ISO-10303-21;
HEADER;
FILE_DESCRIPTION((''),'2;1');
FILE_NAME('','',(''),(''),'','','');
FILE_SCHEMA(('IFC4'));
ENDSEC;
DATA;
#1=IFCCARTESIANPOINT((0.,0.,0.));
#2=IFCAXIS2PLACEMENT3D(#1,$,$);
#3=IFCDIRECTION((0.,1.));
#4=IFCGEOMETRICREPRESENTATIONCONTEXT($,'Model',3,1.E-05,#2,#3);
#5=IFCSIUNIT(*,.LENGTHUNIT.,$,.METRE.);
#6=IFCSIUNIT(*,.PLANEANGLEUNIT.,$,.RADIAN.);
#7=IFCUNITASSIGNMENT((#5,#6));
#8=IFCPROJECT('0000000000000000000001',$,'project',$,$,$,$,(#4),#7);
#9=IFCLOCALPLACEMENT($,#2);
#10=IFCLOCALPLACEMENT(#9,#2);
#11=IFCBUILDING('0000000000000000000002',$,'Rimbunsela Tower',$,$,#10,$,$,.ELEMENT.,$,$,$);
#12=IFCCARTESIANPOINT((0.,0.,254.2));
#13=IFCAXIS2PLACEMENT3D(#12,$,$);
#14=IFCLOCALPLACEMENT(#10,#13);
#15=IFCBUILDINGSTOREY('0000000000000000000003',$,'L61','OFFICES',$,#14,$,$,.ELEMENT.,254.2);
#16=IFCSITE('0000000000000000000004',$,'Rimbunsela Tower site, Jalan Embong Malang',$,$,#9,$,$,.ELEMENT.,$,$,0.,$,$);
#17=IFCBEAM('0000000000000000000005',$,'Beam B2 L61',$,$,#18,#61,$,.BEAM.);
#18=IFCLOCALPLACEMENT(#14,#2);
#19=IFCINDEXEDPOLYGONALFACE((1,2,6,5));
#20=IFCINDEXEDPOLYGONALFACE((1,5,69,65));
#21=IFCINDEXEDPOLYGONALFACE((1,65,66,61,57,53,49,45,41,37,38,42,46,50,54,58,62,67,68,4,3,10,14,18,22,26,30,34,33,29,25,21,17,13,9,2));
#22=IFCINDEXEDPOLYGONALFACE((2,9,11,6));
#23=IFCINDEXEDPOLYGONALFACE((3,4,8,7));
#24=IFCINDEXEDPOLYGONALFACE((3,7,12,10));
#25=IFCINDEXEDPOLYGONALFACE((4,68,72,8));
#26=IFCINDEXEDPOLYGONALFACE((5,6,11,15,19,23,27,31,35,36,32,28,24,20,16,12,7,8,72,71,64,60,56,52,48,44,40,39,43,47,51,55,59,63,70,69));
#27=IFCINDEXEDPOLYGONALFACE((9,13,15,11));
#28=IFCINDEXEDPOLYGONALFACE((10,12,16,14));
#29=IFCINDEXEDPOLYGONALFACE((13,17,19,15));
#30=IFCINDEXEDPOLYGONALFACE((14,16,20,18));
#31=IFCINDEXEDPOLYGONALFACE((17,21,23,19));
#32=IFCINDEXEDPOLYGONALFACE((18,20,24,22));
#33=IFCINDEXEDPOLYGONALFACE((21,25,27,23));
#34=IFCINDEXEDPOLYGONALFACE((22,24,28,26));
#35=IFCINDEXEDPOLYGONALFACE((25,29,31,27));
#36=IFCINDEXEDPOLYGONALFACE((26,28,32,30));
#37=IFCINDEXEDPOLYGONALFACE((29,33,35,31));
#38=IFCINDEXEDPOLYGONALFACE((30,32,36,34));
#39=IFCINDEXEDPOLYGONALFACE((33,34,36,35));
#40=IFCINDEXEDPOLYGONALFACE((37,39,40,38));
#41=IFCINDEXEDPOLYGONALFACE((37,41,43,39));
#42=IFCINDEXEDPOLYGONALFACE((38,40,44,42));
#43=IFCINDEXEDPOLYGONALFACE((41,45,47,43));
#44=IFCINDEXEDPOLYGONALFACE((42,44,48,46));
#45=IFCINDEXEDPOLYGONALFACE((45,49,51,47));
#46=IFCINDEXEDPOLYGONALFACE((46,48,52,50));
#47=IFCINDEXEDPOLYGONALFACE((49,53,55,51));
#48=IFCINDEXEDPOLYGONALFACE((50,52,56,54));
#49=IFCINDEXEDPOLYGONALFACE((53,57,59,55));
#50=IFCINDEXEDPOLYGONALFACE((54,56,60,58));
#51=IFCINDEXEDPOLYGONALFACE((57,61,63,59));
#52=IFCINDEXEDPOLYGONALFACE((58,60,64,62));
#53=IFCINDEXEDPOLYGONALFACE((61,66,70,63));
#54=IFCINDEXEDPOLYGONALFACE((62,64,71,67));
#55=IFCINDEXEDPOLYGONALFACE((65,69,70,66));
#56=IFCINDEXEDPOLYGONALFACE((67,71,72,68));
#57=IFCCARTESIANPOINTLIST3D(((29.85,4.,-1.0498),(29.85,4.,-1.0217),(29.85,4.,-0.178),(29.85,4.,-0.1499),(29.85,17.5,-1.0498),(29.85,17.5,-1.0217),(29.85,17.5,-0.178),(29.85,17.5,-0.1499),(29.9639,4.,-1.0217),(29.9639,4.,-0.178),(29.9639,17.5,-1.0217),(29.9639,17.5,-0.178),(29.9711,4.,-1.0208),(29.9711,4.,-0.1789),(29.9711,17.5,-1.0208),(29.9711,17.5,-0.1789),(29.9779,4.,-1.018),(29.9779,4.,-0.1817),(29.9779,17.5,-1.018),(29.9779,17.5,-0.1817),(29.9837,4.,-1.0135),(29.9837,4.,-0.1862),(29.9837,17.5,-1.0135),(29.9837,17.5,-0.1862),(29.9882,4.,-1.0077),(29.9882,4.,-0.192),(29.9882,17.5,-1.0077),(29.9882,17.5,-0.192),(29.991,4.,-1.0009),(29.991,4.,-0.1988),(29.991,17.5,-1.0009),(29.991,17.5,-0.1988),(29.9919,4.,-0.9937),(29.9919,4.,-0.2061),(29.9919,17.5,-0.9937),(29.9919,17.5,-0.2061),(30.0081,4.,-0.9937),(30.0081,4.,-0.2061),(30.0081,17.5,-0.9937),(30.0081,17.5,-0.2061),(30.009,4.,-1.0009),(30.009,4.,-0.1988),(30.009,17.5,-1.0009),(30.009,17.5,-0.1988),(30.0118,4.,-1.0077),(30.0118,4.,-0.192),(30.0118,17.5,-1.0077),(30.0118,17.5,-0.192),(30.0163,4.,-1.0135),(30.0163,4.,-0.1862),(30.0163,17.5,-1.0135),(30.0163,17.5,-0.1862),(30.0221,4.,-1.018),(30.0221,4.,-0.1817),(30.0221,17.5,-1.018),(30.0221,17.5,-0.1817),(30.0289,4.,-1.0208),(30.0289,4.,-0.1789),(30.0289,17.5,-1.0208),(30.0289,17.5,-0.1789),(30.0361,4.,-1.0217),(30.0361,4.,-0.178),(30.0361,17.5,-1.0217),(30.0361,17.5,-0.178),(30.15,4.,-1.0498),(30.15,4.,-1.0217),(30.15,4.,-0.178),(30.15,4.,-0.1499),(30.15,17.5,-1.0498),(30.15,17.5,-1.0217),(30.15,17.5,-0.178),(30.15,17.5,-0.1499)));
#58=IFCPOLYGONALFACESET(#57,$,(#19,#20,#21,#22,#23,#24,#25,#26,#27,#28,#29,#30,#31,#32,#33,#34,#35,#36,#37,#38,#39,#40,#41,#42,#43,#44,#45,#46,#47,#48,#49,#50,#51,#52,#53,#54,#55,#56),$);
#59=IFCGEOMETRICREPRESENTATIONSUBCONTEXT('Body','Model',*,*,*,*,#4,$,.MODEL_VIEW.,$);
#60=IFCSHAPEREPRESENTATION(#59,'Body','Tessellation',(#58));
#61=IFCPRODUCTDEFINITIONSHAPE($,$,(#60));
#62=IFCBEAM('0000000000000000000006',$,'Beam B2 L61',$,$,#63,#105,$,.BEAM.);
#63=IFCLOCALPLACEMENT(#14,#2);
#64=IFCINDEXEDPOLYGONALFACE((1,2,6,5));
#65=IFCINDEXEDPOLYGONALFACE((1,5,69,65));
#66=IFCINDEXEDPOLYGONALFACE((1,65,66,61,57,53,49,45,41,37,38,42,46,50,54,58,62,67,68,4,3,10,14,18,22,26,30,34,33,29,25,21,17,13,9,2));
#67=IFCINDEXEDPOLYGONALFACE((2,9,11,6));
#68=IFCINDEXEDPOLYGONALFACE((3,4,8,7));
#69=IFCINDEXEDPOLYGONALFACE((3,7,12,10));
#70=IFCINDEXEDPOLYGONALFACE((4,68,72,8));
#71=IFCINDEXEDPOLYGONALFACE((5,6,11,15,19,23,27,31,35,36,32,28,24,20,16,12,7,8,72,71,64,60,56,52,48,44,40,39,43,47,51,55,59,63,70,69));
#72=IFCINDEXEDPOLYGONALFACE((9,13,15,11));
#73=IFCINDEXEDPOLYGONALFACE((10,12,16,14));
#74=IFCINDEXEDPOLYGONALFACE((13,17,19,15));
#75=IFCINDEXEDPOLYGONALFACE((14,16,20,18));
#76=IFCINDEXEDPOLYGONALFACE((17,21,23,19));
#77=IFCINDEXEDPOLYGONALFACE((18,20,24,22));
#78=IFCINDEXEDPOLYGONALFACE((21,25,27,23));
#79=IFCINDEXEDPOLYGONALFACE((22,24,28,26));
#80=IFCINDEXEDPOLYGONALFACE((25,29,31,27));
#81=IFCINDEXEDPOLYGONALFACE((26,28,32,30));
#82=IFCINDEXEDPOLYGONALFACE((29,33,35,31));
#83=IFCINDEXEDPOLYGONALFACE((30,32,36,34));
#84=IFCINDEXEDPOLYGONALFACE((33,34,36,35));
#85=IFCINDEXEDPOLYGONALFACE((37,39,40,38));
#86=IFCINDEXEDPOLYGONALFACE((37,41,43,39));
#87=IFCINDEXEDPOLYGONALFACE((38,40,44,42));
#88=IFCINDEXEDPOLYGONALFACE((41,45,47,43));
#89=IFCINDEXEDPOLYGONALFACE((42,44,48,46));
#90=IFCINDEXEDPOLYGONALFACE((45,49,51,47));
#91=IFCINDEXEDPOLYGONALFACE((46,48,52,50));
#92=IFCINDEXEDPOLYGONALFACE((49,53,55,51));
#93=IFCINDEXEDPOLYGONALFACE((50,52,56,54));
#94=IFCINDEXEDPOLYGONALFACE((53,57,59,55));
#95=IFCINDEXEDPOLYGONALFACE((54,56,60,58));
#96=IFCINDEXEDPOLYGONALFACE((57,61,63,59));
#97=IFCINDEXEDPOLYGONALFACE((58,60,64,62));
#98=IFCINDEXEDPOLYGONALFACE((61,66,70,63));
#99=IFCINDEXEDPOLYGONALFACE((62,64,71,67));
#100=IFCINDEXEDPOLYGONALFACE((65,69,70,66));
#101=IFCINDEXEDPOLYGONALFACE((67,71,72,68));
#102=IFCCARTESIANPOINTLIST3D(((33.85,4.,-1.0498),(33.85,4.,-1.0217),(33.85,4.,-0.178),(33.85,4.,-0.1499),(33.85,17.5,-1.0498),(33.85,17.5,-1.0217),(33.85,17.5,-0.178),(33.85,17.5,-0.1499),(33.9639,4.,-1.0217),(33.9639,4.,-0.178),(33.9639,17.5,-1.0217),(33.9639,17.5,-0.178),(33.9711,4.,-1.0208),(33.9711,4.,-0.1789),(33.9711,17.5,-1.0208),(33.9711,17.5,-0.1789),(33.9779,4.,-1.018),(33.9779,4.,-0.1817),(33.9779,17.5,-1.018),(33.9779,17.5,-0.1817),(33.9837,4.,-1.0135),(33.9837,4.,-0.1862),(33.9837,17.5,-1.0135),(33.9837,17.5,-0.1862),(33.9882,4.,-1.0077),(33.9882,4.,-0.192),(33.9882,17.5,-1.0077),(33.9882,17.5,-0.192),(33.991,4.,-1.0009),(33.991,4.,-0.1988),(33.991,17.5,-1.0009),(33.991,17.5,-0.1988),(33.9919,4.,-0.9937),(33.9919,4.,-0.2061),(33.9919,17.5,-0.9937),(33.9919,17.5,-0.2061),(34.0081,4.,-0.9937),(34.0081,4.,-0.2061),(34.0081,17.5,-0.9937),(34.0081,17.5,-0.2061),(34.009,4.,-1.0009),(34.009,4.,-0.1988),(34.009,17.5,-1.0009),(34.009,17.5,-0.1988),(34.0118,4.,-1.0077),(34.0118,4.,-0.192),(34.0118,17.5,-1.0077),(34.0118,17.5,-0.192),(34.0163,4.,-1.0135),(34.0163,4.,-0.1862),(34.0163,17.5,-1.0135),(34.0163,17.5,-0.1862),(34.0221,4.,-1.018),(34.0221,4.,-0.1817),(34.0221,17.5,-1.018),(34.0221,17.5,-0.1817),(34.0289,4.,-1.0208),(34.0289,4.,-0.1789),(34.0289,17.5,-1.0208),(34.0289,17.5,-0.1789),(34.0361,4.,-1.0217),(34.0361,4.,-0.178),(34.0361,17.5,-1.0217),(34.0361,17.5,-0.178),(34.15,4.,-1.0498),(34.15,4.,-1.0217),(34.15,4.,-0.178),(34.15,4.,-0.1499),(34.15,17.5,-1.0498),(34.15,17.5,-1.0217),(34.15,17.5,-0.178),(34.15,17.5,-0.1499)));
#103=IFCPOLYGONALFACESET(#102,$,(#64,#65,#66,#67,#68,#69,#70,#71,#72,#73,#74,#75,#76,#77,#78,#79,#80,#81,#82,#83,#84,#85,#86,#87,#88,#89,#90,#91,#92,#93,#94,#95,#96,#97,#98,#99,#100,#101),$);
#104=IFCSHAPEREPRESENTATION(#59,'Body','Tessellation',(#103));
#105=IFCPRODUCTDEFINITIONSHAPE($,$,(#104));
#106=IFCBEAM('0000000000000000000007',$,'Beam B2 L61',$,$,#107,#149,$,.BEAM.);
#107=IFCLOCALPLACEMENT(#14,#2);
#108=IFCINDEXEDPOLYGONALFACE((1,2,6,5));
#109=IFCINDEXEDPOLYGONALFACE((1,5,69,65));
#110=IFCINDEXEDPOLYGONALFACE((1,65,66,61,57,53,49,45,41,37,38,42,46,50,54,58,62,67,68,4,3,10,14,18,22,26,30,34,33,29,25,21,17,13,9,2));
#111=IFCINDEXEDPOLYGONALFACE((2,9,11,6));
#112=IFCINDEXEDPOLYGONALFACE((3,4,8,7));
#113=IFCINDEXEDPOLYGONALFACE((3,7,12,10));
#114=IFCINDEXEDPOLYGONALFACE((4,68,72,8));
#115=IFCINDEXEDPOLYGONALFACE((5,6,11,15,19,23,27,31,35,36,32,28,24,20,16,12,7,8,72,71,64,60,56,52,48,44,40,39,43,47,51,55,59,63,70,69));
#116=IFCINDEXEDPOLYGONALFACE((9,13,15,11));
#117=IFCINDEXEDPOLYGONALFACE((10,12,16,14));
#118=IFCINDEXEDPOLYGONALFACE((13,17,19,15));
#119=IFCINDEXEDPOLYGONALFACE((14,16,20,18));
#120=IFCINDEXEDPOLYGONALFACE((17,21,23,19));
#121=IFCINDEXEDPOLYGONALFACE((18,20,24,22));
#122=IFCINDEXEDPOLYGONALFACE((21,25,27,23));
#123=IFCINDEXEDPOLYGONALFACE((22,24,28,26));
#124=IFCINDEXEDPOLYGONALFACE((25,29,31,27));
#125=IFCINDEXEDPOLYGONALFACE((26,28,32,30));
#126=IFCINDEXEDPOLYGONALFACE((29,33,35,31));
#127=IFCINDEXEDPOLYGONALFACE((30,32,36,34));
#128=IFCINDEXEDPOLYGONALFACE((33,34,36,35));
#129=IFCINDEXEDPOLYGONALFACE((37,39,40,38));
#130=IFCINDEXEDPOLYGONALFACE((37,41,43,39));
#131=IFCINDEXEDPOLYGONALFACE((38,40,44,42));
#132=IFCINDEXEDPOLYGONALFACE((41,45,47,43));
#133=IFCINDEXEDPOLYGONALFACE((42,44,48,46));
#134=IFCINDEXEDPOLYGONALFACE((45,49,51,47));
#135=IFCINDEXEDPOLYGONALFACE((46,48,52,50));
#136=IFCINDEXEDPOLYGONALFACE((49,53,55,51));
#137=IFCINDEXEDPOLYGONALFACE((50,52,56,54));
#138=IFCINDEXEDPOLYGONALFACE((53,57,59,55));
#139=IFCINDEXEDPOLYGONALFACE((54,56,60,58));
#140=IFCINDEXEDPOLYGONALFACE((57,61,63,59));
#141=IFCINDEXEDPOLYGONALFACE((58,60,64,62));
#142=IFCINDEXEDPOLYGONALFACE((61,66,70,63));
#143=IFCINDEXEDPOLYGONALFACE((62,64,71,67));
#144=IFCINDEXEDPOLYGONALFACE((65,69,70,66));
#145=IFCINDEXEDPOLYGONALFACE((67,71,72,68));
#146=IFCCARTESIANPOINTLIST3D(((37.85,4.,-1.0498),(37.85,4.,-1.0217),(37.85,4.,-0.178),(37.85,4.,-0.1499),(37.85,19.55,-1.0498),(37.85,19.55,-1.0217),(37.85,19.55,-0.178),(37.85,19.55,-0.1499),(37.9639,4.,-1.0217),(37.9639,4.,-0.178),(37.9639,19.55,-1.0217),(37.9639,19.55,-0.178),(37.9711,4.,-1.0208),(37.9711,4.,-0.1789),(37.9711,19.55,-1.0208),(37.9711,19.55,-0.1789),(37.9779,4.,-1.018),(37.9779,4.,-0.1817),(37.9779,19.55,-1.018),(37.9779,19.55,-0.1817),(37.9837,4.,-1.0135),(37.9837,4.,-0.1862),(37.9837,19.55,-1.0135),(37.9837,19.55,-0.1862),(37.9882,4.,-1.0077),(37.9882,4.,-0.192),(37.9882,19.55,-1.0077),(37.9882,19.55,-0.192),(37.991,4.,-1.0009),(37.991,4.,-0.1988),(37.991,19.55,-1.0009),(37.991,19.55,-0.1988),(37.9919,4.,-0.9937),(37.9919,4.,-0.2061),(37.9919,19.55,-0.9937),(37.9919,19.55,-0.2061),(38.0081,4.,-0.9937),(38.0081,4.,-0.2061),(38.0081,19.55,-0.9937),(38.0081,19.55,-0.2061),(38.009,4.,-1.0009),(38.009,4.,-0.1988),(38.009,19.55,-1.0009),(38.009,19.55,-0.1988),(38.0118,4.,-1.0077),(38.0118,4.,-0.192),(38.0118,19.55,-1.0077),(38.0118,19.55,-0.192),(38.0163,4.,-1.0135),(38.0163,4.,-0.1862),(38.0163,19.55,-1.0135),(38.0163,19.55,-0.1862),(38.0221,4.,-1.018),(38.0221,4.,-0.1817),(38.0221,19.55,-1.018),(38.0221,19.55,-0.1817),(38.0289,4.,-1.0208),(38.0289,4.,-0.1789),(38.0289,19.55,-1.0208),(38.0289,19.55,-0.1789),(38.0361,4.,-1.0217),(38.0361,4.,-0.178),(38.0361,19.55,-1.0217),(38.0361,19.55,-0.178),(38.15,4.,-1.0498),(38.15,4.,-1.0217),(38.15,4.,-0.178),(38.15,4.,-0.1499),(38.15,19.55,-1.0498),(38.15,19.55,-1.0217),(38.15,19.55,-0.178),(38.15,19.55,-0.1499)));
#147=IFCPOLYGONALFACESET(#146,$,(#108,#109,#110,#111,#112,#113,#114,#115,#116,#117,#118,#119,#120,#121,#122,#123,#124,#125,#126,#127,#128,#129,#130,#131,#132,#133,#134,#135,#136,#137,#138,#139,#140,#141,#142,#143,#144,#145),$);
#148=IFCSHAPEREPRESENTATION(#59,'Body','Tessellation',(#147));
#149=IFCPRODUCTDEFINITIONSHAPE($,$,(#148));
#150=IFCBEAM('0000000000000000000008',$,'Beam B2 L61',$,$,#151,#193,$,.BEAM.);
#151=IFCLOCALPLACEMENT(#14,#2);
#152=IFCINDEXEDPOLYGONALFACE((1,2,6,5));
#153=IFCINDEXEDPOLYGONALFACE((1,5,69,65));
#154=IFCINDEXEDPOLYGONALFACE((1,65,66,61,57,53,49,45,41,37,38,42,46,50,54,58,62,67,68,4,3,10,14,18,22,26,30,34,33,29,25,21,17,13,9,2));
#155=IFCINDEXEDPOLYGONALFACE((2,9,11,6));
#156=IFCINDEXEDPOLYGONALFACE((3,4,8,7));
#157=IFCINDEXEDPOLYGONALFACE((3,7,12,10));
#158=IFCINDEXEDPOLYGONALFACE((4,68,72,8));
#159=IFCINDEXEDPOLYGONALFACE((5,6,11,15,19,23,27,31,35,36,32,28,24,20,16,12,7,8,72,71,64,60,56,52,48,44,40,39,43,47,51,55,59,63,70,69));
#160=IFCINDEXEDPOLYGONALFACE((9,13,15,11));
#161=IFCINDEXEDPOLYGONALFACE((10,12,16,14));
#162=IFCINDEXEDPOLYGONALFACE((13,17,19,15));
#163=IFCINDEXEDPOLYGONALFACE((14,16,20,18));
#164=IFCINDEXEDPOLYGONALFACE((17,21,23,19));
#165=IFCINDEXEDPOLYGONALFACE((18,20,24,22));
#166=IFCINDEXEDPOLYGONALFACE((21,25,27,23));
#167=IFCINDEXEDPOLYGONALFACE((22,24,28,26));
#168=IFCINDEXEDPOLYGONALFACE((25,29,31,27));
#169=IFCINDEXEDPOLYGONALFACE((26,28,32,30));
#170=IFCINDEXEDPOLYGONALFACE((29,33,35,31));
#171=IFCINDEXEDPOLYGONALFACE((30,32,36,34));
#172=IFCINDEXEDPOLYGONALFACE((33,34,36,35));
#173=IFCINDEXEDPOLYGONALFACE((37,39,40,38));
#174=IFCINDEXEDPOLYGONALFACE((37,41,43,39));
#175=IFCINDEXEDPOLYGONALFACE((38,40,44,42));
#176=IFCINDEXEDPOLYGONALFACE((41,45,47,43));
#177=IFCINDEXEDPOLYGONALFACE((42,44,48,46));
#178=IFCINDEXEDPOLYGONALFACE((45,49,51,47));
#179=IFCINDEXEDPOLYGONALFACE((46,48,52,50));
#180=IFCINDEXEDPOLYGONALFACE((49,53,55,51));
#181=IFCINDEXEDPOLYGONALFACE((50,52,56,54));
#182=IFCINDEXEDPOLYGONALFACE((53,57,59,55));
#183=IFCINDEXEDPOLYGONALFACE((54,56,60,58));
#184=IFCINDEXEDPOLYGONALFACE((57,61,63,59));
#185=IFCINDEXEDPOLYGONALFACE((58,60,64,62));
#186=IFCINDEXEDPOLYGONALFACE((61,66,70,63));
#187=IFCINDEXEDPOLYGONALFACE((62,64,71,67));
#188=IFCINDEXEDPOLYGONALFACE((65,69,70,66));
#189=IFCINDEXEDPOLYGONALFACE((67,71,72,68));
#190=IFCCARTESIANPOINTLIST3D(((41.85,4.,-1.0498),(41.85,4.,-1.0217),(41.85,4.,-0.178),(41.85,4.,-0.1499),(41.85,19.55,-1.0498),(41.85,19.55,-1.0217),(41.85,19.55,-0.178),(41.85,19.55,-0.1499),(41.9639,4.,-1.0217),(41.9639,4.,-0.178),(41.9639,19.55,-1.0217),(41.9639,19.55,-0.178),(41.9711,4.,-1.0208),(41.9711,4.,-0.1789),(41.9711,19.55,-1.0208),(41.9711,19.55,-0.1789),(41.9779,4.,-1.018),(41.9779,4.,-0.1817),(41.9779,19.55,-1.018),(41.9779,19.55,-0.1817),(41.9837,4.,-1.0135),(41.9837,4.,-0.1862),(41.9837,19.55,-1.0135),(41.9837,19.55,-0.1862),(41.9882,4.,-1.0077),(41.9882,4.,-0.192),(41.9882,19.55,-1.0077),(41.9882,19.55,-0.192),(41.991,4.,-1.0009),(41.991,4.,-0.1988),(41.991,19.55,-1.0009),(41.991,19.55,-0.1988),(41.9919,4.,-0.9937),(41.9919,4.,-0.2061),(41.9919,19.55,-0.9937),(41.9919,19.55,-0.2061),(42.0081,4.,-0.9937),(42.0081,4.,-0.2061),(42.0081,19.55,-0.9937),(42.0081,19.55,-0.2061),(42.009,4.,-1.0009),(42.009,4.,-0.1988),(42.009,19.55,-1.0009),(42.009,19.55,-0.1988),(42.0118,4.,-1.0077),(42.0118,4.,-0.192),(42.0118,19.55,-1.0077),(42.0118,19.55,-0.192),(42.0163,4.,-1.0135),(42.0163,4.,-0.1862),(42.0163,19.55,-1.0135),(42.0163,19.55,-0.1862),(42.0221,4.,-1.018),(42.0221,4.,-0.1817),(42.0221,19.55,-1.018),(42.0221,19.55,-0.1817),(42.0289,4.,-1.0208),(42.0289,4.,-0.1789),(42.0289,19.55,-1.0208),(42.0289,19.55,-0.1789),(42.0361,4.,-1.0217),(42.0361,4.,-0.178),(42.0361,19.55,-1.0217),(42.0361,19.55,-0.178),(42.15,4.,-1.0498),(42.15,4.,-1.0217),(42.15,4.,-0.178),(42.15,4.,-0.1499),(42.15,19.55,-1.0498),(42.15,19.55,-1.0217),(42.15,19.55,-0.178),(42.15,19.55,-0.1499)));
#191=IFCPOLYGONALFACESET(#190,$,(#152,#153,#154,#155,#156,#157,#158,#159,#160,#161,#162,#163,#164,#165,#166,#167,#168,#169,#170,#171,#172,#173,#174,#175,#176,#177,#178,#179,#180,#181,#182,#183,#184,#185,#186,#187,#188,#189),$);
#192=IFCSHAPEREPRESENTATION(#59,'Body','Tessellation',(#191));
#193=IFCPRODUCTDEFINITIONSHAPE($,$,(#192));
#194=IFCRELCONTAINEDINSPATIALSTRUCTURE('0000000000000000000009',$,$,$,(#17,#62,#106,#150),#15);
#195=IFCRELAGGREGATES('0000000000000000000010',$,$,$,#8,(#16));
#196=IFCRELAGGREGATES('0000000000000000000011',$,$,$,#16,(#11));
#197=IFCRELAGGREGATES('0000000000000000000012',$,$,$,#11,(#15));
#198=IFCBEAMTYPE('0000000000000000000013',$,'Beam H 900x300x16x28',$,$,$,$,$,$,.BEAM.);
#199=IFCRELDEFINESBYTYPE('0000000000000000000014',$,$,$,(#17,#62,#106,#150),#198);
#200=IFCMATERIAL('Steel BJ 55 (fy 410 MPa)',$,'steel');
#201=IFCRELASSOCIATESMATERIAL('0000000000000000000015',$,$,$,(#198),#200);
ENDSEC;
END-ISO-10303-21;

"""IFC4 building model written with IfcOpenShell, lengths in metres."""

from ifc_helpers import new_model, si_unit, direction, frame, origin, origin_2d, place, context, subcontext, project, spatial, i_section, extrude, material, material_profile, profile_set, type_object, element, save


model = new_model("IFC4")

# Units and contexts
model_context = context("Model", 3, precision=1e-05, world=origin(), true_north=direction((0.0, 1.0)))
body_context = subcontext(model_context, "Body", "Model", "MODEL_VIEW")
ifc_project = project(units=[si_unit("LENGTHUNIT", "METRE"), si_unit("PLANEANGLEUNIT", "RADIAN")], contexts=[model_context])

# Site, building, storey
site_placement = place(None, origin())
site = spatial("IfcSite", under=ifc_project, at=site_placement, Name="Rimbunsela Tower site, Jalan Embong Malang", CompositionType="ELEMENT", RefElevation=0.0)
building_placement = place(site_placement, origin())
building = spatial("IfcBuilding", under=site, at=building_placement, Name="Rimbunsela Tower", CompositionType="ELEMENT")
storey_placement = place(building_placement, frame((0.0, 0.0, 254.2)))
storey = spatial("IfcBuildingStorey", under=building, at=storey_placement, Name="L61", Description="OFFICES", CompositionType="ELEMENT", Elevation=254.2)

# Beams
ifc_material_1 = material(Name="Steel BJ 55 (fy 410 MPa)", Category="steel")
ifc_material_profile_1 = material_profile(ifc_material_1, i_section(OverallWidth=0.3, OverallDepth=0.8999, WebThickness=0.0161, FlangeThickness=0.0281, FilletRadius=0.0281, at=origin_2d()), Name="H 900x300x16x28")
ifc_profile_set_1 = profile_set([ifc_material_profile_1], Name="Steel BJ 55 (fy 410 MPa)")
beam_type_1 = type_object("IfcBeamType", Name="Beam H 900x300x16x28", PredefinedType="BEAM", material=ifc_profile_set_1)
for number, where, z_axis, x_axis, name in (
    (1, (30.0, 4.0, -0.5999), (0.0, 1.0, 0.0), (-1.0, 0.0, 0.0), "Beam B2 L61"),
    (2, (34.0, 4.0, -0.5999), (0.0, 1.0, 0.0), (-1.0, 0.0, 0.0), "Beam B2 L61"),
):
    element("IfcBeam", number, at=place(storey_placement, frame(where, z_axis=z_axis, x_axis=x_axis)), inside=storey, type_object=beam_type_1, Name=name, PredefinedType="BEAM", context=body_context, shape_type="SweptSolid", body=[
        extrude(i_section(OverallWidth=0.3, OverallDepth=0.8999, WebThickness=0.0161, FlangeThickness=0.0281, FilletRadius=0.0281, at=origin_2d()), origin(), (0.0, 0.0, 1.0), 13.5),
    ])
for number, where, z_axis, x_axis, name in (
    (3, (38.0, 4.0, -0.5999), (0.0, 1.0, 0.0), (-1.0, 0.0, 0.0), "Beam B2 L61"),
    (4, (42.0, 4.0, -0.5999), (0.0, 1.0, 0.0), (-1.0, 0.0, 0.0), "Beam B2 L61"),
):
    element("IfcBeam", number, at=place(storey_placement, frame(where, z_axis=z_axis, x_axis=x_axis)), inside=storey, type_object=beam_type_1, Name=name, PredefinedType="BEAM", context=body_context, shape_type="SweptSolid", body=[
        extrude(i_section(OverallWidth=0.3, OverallDepth=0.8999, WebThickness=0.0161, FlangeThickness=0.0281, FilletRadius=0.0281, at=origin_2d()), origin(), (0.0, 0.0, 1.0), 15.55),
    ])

save(model, "model.ifc")
